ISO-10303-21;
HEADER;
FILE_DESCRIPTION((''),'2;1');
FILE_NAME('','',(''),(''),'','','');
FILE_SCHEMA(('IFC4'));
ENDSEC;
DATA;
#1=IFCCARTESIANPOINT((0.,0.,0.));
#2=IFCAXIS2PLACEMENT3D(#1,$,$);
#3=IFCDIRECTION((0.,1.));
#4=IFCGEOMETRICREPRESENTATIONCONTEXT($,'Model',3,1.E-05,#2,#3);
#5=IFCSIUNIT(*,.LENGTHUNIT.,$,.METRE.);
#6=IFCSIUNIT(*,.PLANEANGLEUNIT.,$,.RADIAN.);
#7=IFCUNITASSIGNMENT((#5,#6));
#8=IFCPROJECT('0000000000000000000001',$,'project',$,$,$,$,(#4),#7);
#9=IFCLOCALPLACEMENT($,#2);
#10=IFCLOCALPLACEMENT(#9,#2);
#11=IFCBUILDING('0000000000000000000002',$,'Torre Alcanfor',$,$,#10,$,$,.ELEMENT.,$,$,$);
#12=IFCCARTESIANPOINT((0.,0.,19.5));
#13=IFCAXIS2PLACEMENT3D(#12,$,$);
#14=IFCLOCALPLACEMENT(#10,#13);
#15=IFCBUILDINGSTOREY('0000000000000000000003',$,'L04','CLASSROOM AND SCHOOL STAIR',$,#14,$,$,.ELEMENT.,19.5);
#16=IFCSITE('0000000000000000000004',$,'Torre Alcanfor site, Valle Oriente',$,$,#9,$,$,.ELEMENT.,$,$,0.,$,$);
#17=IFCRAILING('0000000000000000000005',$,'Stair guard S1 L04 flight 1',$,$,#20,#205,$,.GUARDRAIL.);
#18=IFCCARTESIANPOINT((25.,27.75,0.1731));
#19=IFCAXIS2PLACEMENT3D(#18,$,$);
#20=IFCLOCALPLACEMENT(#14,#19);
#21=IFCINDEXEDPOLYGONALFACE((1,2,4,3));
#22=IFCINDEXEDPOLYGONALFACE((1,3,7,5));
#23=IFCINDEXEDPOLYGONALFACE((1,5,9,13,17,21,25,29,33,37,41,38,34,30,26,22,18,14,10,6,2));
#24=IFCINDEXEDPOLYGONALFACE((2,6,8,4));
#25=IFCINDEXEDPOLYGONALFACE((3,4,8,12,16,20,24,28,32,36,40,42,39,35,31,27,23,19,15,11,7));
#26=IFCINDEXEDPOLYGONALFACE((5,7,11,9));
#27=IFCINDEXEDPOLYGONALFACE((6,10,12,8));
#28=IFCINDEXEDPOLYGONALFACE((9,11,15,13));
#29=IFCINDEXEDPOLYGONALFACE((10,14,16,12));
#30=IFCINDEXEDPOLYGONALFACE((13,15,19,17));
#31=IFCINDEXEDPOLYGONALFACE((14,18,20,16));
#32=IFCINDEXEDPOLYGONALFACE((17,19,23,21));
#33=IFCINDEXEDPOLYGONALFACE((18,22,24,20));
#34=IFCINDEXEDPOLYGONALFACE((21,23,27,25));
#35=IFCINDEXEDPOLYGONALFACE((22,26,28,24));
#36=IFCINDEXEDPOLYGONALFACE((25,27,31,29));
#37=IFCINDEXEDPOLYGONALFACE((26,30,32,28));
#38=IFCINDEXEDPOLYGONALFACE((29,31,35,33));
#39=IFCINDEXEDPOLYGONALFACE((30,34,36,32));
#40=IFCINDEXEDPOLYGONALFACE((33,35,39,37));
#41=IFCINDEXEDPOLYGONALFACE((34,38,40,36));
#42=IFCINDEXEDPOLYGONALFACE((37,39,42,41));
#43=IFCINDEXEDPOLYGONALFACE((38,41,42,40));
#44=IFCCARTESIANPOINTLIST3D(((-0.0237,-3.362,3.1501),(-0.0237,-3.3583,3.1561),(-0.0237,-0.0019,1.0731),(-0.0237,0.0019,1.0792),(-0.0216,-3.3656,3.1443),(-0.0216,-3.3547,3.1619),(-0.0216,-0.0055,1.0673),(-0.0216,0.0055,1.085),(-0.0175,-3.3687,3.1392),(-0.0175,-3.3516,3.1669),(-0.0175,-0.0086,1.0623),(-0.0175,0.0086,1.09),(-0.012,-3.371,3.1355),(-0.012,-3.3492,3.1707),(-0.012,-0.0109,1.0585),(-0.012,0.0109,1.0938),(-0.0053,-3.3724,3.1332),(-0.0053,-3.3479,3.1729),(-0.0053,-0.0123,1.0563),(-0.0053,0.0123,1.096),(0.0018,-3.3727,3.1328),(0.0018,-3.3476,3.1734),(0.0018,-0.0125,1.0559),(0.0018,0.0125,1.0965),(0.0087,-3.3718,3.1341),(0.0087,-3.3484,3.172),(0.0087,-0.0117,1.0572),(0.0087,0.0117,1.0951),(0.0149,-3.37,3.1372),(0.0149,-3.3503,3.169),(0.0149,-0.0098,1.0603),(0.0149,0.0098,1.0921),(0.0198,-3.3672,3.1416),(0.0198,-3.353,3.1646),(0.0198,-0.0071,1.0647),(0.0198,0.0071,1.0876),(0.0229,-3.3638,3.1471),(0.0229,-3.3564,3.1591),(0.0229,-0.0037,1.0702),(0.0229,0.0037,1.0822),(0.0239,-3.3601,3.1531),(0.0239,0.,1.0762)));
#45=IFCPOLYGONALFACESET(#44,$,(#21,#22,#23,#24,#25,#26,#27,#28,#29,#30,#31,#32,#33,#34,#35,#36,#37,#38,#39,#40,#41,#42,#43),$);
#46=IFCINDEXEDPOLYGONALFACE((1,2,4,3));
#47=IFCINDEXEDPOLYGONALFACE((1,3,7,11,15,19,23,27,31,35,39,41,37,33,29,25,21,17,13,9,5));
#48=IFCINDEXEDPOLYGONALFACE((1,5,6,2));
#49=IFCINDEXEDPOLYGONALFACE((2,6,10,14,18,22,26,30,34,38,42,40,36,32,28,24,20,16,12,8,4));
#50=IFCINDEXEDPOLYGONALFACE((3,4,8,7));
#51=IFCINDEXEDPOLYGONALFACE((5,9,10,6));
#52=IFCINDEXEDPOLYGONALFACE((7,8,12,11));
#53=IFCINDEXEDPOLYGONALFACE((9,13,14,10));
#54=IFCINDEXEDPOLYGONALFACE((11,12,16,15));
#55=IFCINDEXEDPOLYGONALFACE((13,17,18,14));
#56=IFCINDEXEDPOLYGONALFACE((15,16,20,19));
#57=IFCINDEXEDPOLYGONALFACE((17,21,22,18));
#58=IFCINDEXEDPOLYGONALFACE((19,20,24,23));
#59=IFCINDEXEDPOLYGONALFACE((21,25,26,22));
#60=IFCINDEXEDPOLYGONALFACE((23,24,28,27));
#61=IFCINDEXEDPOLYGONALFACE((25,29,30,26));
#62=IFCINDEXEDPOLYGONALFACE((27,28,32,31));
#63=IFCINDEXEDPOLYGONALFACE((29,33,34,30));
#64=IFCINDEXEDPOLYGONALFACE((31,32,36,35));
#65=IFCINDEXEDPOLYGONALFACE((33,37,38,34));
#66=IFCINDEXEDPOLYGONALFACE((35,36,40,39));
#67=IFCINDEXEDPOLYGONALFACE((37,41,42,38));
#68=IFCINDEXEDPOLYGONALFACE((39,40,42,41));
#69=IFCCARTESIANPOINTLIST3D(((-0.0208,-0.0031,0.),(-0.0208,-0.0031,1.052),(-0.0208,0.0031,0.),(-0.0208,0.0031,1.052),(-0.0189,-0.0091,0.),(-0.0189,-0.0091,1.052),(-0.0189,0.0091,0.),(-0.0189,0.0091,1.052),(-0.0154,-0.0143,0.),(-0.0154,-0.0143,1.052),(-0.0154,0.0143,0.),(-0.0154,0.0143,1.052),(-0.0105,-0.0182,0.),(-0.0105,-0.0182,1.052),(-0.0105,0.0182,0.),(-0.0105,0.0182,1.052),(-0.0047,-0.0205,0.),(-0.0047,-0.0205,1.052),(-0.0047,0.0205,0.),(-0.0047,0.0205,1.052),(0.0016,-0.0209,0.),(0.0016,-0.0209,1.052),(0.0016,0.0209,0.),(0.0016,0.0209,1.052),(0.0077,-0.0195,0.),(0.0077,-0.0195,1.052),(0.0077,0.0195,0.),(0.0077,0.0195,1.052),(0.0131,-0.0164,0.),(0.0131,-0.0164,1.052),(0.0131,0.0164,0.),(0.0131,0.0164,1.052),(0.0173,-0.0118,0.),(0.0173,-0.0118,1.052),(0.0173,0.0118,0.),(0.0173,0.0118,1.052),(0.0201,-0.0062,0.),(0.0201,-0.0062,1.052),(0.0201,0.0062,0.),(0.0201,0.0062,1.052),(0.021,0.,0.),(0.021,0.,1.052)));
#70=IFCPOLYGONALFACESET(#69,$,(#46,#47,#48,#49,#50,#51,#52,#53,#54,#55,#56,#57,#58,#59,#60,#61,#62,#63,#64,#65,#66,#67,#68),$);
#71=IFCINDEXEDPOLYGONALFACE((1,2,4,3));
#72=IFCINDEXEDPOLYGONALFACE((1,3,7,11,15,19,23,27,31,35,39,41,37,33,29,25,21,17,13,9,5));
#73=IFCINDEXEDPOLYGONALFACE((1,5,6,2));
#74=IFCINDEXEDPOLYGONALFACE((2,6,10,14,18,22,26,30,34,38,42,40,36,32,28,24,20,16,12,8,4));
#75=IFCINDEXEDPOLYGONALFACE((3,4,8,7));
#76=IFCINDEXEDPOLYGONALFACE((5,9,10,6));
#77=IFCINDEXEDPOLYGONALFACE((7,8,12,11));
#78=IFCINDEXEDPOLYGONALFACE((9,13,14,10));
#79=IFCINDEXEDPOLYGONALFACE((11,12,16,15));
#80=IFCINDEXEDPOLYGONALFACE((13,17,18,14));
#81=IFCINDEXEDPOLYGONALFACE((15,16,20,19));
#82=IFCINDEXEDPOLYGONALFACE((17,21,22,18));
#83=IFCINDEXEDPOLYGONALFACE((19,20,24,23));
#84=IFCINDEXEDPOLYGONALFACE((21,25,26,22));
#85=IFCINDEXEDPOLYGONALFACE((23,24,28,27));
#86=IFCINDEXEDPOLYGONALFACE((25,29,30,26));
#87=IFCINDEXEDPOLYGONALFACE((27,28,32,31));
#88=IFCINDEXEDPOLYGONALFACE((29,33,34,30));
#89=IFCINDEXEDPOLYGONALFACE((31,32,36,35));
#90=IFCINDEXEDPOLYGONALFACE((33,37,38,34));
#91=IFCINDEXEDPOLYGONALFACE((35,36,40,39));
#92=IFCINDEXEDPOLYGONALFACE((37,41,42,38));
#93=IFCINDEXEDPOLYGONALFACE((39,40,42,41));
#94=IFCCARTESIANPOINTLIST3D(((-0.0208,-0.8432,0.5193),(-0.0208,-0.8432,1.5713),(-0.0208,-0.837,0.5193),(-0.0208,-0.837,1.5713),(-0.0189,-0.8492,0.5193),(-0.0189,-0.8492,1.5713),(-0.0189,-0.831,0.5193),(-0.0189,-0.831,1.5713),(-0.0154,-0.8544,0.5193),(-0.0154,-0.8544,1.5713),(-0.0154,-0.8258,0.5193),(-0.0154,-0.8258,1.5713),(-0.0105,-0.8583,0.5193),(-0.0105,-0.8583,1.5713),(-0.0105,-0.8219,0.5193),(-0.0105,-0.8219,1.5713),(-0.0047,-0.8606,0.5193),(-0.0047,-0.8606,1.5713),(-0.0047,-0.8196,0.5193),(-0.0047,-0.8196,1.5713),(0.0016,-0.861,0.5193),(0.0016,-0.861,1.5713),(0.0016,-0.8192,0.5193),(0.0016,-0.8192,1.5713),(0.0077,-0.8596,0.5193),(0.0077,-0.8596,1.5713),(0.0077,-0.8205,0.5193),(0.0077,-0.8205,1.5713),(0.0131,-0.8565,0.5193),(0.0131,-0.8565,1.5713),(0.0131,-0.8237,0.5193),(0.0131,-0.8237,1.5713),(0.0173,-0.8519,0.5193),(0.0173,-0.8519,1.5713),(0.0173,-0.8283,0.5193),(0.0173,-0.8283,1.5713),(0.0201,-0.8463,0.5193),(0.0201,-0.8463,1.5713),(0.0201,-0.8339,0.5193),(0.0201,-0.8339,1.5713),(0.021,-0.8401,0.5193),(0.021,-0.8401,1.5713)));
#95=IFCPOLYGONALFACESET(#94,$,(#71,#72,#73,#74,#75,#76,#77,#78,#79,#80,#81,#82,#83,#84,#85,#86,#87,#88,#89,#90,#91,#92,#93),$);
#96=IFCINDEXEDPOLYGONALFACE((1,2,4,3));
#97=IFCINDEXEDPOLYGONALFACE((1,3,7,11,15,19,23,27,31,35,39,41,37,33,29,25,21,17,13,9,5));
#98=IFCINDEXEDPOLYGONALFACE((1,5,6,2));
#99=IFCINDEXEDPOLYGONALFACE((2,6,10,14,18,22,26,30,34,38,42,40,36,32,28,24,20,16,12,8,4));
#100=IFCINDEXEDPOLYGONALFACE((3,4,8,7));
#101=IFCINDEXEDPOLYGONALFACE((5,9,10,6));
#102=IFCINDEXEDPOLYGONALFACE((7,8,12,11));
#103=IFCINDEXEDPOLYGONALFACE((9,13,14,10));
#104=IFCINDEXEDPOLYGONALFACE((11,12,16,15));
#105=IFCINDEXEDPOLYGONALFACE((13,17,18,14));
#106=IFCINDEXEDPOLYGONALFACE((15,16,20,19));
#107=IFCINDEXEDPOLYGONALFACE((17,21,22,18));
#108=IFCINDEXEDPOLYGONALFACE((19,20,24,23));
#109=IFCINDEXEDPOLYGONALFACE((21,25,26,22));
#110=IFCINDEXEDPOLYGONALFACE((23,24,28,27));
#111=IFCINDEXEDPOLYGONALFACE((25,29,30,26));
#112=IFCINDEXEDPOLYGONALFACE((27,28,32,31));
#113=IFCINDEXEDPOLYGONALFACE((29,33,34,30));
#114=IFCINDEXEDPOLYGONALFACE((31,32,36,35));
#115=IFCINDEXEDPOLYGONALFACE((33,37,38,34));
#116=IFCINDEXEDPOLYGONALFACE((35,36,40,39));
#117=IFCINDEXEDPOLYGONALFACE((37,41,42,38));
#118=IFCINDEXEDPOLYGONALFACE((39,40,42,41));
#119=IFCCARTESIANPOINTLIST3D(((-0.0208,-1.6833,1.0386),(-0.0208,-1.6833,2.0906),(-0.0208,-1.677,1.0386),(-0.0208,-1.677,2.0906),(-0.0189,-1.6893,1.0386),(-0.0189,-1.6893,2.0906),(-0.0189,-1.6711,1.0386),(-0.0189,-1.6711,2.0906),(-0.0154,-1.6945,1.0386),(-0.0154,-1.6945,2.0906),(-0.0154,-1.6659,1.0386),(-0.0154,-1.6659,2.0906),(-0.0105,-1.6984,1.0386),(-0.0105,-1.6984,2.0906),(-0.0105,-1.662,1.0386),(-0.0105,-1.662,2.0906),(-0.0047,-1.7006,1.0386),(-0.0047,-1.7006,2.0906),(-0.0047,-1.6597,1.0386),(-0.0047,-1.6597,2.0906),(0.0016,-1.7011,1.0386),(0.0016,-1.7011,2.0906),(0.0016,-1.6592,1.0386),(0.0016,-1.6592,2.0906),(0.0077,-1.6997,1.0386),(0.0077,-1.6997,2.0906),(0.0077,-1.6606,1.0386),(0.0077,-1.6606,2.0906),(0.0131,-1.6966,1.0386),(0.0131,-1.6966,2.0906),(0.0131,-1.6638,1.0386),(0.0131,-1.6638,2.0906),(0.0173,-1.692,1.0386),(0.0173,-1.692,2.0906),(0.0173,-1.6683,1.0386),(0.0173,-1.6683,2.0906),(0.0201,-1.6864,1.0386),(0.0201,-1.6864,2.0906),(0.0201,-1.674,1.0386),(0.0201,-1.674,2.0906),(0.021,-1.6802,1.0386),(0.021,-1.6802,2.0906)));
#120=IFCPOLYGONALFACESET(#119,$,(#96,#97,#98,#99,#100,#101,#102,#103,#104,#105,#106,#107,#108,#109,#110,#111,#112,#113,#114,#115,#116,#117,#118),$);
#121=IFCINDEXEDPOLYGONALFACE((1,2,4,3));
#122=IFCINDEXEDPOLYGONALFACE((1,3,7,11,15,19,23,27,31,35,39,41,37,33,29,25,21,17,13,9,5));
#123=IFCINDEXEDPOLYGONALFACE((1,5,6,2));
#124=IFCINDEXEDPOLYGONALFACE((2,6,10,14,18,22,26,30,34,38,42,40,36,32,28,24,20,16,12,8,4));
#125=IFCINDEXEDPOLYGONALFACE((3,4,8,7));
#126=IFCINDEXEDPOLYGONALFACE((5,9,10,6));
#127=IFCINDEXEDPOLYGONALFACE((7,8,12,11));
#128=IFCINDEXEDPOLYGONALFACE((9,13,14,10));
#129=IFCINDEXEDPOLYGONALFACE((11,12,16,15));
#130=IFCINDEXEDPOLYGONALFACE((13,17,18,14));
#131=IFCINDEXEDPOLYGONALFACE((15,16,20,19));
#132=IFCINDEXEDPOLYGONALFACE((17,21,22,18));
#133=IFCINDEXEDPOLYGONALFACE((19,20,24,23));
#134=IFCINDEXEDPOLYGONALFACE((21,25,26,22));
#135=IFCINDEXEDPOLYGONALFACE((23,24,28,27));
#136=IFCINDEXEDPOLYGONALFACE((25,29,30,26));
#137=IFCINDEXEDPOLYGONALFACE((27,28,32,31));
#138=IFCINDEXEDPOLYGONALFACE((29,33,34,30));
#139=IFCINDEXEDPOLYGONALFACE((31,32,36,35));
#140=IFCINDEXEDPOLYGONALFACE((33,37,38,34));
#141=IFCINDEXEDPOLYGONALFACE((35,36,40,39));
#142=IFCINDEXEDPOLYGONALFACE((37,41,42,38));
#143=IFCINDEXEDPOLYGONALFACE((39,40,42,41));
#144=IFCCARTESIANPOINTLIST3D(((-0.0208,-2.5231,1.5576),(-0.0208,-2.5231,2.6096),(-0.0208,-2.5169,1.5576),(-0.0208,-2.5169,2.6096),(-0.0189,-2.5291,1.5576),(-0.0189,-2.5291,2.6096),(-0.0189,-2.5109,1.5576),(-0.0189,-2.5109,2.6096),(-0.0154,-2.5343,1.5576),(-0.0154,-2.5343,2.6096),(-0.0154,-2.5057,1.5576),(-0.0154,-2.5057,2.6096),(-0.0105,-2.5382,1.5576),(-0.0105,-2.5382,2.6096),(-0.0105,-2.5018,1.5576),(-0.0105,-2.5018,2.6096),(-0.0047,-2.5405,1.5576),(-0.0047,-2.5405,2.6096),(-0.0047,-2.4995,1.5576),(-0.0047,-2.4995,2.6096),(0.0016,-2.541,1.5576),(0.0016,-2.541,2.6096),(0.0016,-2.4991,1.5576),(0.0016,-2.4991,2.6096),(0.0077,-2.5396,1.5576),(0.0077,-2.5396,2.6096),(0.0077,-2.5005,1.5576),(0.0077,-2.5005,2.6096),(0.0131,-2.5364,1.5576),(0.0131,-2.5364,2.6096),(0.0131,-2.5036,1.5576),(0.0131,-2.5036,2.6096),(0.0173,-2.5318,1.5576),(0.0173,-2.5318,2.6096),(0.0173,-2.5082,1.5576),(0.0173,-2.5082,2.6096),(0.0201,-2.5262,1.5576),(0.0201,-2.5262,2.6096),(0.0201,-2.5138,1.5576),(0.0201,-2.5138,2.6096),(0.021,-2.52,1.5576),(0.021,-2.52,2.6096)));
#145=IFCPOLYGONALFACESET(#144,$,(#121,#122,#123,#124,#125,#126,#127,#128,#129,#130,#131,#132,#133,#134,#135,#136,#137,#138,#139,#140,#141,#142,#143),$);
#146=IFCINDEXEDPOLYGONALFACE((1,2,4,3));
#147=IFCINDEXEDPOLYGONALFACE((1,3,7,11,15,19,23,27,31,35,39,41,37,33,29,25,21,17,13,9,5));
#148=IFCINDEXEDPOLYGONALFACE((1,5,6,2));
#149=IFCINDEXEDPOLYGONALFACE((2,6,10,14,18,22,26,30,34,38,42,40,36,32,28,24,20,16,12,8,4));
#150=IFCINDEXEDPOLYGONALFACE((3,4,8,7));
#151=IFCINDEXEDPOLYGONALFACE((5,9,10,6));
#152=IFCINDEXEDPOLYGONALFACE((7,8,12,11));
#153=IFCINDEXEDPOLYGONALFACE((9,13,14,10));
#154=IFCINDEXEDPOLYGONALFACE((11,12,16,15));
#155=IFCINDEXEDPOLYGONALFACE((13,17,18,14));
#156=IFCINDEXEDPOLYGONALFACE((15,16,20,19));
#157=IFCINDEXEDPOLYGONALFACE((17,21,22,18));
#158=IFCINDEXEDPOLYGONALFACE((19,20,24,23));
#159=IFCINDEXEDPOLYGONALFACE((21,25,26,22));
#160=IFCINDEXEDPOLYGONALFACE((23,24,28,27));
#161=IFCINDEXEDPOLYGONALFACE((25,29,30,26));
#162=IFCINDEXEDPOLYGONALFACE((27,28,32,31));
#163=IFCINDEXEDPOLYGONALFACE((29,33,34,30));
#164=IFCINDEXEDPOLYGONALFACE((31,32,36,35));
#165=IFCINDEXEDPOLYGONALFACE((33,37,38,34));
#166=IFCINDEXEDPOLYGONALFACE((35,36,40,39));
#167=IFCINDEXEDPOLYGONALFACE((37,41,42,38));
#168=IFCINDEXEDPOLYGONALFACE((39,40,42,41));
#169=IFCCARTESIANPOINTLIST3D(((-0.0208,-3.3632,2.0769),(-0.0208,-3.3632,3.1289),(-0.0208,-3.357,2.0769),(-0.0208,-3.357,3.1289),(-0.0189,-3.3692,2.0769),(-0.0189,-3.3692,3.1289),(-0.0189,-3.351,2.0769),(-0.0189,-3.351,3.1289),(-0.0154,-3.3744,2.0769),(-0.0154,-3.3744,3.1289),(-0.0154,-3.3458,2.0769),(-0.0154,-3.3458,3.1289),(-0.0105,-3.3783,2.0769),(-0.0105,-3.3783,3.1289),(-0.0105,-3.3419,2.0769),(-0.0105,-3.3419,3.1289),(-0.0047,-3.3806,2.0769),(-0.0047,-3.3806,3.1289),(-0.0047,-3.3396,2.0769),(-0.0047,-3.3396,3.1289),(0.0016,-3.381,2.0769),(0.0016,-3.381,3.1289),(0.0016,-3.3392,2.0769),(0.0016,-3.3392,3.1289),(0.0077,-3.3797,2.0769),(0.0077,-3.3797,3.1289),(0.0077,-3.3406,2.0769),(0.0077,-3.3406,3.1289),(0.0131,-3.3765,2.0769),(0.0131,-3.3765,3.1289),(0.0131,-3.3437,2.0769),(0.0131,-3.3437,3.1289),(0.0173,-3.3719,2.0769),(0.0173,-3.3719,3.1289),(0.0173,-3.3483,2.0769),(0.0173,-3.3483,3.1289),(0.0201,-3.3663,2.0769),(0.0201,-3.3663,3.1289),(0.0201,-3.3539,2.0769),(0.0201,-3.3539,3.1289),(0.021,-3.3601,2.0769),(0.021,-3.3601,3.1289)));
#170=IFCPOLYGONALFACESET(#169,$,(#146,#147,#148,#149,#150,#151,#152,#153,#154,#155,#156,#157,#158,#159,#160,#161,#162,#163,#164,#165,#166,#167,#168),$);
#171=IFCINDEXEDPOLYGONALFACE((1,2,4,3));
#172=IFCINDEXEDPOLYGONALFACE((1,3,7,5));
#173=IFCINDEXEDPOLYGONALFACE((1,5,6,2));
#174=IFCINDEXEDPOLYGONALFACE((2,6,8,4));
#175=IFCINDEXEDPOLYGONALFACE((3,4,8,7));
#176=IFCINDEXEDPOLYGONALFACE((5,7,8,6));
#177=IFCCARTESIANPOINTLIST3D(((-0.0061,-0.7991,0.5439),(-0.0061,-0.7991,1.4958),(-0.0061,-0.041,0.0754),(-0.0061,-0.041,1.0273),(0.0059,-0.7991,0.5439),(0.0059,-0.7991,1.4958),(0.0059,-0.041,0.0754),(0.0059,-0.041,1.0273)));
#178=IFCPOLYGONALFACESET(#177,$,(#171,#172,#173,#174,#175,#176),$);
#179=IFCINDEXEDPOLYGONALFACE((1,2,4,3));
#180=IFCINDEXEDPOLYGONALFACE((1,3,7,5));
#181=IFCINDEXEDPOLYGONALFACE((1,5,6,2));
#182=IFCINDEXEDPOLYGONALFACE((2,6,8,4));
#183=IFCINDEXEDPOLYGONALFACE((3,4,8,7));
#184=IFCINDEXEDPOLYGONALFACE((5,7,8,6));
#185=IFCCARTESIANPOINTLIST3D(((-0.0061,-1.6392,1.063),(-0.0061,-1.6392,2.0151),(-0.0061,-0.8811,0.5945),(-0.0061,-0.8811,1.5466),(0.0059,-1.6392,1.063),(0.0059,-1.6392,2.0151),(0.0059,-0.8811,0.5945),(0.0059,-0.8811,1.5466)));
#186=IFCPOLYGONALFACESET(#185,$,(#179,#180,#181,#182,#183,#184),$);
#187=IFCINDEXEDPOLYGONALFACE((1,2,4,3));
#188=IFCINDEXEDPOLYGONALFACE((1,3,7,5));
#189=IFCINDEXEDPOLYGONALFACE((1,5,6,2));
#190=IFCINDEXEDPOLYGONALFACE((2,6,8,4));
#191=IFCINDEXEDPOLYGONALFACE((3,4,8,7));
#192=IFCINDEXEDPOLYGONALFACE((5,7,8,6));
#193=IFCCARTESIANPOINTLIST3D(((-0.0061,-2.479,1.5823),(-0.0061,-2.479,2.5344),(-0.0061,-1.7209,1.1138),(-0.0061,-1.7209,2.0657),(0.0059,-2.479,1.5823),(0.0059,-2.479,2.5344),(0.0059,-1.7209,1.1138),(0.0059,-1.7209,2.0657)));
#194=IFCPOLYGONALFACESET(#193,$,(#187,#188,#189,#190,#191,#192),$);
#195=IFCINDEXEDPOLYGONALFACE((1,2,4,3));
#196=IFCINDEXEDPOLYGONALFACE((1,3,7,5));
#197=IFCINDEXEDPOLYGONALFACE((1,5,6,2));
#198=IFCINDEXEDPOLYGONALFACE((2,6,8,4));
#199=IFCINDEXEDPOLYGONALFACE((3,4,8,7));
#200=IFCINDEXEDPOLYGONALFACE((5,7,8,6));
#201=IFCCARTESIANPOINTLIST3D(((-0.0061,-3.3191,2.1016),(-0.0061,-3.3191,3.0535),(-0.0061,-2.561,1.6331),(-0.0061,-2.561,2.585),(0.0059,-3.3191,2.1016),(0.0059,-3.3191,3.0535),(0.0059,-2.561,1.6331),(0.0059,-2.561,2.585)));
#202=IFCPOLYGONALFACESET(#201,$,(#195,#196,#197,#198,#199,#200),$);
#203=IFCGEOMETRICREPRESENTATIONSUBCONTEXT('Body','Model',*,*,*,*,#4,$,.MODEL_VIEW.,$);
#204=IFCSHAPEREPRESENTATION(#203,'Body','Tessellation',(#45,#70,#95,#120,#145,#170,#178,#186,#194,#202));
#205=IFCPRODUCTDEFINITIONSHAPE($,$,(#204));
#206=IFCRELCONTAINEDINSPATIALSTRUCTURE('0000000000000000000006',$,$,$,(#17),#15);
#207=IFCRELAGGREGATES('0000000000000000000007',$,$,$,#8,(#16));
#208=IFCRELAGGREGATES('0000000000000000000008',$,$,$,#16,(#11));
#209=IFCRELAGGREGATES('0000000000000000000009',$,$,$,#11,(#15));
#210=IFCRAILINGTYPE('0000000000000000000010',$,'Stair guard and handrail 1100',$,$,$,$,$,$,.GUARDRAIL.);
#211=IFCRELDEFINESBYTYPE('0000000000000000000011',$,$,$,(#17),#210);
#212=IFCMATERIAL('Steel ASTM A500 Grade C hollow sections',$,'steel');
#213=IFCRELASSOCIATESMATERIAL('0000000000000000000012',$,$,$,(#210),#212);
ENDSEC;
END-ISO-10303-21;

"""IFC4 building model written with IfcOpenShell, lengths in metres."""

from ifc_helpers import new_model, si_unit, direction, frame, origin, origin_2d, place, context, subcontext, project, spatial, polyline, circle, outline, extrude, material, type_object, element, save


model = new_model("IFC4")

# Units and contexts
model_context = context("Model", 3, precision=1e-05, world=origin(), true_north=direction((0.0, 1.0)))
body_context = subcontext(model_context, "Body", "Model", "MODEL_VIEW")
ifc_project = project(units=[si_unit("LENGTHUNIT", "METRE"), si_unit("PLANEANGLEUNIT", "RADIAN")], contexts=[model_context])

# Site, building, storey
site_placement = place(None, origin())
site = spatial("IfcSite", under=ifc_project, at=site_placement, Name="Torre Alcanfor site, Valle Oriente", CompositionType="ELEMENT", RefElevation=0.0)
building_placement = place(site_placement, origin())
building = spatial("IfcBuilding", under=site, at=building_placement, Name="Torre Alcanfor", CompositionType="ELEMENT")
storey_placement = place(building_placement, frame((0.0, 0.0, 19.5)))
storey = spatial("IfcBuildingStorey", under=building, at=storey_placement, Name="L04", Description="CLASSROOM AND SCHOOL STAIR", CompositionType="ELEMENT", Elevation=19.5)

# Railing
ifc_material_1 = material(Name="Steel ASTM A500 Grade C hollow sections", Category="steel")
railing_type_1 = type_object("IfcRailingType", Name="Stair guard and handrail 1100", PredefinedType="GUARDRAIL", material=ifc_material_1)
railing_1_placement = place(storey_placement, frame((25.0, 27.75, 0.1731)))
element("IfcRailing", 1, at=railing_1_placement, inside=storey, type_object=railing_type_1, Name="Stair guard S1 L04 flight 1", PredefinedType="GUARDRAIL", context=body_context, shape_type="SweptSolid", body=[
    extrude(circle(Radius=0.0239, at=origin_2d()), frame((0.0, 0.0, 1.0762), z_axis=(0.0, -0.850623, 0.525776), x_axis=(1.0, 0.0, 0.0)), (0.0, 0.0, 1.0), 3.9502),
    extrude(circle(Radius=0.021, at=origin_2d()), origin(), (0.0, 0.0, 1.0), 1.052),
    extrude(circle(Radius=0.021, at=origin_2d()), frame((0.0, -0.8401, 0.5193)), (0.0, 0.0, 1.0), 1.052),
    extrude(circle(Radius=0.021, at=origin_2d()), frame((0.0, -1.6802, 1.0386)), (0.0, 0.0, 1.0), 1.052),
    extrude(circle(Radius=0.021, at=origin_2d()), frame((0.0, -2.52, 1.5576)), (0.0, 0.0, 1.0), 1.052),
    extrude(circle(Radius=0.021, at=origin_2d()), frame((0.0, -3.3601, 2.0769)), (0.0, 0.0, 1.0), 1.052),
    extrude(outline(polyline([(0.041, 0.0754), (0.7991, 0.5439), (0.7991, 1.4958), (0.041, 1.0273), (0.041, 0.0754)])), frame((0.0059, 0.0, 0.0), z_axis=(-1.0, 0.0, 0.0), x_axis=(0.0, -1.0, 0.0)), (0.0, 0.0, 1.0), 0.012),
    extrude(outline(polyline([(0.8811, 0.5945), (1.6392, 1.063), (1.6392, 2.0151), (0.8811, 1.5466), (0.8811, 0.5945)])), frame((0.0059, 0.0, 0.0), z_axis=(-1.0, 0.0, 0.0), x_axis=(0.0, -1.0, 0.0)), (0.0, 0.0, 1.0), 0.012),
    extrude(outline(polyline([(1.7209, 1.1138), (2.479, 1.5823), (2.479, 2.5344), (1.7209, 2.0657), (1.7209, 1.1138)])), frame((0.0059, 0.0, 0.0), z_axis=(-1.0, 0.0, 0.0), x_axis=(0.0, -1.0, 0.0)), (0.0, 0.0, 1.0), 0.012),
    extrude(outline(polyline([(2.561, 1.6331), (3.3191, 2.1016), (3.3191, 3.0535), (2.561, 2.585), (2.561, 1.6331)])), frame((0.0059, 0.0, 0.0), z_axis=(-1.0, 0.0, 0.0), x_axis=(0.0, -1.0, 0.0)), (0.0, 0.0, 1.0), 0.012),
])

save(model, "model.ifc")
